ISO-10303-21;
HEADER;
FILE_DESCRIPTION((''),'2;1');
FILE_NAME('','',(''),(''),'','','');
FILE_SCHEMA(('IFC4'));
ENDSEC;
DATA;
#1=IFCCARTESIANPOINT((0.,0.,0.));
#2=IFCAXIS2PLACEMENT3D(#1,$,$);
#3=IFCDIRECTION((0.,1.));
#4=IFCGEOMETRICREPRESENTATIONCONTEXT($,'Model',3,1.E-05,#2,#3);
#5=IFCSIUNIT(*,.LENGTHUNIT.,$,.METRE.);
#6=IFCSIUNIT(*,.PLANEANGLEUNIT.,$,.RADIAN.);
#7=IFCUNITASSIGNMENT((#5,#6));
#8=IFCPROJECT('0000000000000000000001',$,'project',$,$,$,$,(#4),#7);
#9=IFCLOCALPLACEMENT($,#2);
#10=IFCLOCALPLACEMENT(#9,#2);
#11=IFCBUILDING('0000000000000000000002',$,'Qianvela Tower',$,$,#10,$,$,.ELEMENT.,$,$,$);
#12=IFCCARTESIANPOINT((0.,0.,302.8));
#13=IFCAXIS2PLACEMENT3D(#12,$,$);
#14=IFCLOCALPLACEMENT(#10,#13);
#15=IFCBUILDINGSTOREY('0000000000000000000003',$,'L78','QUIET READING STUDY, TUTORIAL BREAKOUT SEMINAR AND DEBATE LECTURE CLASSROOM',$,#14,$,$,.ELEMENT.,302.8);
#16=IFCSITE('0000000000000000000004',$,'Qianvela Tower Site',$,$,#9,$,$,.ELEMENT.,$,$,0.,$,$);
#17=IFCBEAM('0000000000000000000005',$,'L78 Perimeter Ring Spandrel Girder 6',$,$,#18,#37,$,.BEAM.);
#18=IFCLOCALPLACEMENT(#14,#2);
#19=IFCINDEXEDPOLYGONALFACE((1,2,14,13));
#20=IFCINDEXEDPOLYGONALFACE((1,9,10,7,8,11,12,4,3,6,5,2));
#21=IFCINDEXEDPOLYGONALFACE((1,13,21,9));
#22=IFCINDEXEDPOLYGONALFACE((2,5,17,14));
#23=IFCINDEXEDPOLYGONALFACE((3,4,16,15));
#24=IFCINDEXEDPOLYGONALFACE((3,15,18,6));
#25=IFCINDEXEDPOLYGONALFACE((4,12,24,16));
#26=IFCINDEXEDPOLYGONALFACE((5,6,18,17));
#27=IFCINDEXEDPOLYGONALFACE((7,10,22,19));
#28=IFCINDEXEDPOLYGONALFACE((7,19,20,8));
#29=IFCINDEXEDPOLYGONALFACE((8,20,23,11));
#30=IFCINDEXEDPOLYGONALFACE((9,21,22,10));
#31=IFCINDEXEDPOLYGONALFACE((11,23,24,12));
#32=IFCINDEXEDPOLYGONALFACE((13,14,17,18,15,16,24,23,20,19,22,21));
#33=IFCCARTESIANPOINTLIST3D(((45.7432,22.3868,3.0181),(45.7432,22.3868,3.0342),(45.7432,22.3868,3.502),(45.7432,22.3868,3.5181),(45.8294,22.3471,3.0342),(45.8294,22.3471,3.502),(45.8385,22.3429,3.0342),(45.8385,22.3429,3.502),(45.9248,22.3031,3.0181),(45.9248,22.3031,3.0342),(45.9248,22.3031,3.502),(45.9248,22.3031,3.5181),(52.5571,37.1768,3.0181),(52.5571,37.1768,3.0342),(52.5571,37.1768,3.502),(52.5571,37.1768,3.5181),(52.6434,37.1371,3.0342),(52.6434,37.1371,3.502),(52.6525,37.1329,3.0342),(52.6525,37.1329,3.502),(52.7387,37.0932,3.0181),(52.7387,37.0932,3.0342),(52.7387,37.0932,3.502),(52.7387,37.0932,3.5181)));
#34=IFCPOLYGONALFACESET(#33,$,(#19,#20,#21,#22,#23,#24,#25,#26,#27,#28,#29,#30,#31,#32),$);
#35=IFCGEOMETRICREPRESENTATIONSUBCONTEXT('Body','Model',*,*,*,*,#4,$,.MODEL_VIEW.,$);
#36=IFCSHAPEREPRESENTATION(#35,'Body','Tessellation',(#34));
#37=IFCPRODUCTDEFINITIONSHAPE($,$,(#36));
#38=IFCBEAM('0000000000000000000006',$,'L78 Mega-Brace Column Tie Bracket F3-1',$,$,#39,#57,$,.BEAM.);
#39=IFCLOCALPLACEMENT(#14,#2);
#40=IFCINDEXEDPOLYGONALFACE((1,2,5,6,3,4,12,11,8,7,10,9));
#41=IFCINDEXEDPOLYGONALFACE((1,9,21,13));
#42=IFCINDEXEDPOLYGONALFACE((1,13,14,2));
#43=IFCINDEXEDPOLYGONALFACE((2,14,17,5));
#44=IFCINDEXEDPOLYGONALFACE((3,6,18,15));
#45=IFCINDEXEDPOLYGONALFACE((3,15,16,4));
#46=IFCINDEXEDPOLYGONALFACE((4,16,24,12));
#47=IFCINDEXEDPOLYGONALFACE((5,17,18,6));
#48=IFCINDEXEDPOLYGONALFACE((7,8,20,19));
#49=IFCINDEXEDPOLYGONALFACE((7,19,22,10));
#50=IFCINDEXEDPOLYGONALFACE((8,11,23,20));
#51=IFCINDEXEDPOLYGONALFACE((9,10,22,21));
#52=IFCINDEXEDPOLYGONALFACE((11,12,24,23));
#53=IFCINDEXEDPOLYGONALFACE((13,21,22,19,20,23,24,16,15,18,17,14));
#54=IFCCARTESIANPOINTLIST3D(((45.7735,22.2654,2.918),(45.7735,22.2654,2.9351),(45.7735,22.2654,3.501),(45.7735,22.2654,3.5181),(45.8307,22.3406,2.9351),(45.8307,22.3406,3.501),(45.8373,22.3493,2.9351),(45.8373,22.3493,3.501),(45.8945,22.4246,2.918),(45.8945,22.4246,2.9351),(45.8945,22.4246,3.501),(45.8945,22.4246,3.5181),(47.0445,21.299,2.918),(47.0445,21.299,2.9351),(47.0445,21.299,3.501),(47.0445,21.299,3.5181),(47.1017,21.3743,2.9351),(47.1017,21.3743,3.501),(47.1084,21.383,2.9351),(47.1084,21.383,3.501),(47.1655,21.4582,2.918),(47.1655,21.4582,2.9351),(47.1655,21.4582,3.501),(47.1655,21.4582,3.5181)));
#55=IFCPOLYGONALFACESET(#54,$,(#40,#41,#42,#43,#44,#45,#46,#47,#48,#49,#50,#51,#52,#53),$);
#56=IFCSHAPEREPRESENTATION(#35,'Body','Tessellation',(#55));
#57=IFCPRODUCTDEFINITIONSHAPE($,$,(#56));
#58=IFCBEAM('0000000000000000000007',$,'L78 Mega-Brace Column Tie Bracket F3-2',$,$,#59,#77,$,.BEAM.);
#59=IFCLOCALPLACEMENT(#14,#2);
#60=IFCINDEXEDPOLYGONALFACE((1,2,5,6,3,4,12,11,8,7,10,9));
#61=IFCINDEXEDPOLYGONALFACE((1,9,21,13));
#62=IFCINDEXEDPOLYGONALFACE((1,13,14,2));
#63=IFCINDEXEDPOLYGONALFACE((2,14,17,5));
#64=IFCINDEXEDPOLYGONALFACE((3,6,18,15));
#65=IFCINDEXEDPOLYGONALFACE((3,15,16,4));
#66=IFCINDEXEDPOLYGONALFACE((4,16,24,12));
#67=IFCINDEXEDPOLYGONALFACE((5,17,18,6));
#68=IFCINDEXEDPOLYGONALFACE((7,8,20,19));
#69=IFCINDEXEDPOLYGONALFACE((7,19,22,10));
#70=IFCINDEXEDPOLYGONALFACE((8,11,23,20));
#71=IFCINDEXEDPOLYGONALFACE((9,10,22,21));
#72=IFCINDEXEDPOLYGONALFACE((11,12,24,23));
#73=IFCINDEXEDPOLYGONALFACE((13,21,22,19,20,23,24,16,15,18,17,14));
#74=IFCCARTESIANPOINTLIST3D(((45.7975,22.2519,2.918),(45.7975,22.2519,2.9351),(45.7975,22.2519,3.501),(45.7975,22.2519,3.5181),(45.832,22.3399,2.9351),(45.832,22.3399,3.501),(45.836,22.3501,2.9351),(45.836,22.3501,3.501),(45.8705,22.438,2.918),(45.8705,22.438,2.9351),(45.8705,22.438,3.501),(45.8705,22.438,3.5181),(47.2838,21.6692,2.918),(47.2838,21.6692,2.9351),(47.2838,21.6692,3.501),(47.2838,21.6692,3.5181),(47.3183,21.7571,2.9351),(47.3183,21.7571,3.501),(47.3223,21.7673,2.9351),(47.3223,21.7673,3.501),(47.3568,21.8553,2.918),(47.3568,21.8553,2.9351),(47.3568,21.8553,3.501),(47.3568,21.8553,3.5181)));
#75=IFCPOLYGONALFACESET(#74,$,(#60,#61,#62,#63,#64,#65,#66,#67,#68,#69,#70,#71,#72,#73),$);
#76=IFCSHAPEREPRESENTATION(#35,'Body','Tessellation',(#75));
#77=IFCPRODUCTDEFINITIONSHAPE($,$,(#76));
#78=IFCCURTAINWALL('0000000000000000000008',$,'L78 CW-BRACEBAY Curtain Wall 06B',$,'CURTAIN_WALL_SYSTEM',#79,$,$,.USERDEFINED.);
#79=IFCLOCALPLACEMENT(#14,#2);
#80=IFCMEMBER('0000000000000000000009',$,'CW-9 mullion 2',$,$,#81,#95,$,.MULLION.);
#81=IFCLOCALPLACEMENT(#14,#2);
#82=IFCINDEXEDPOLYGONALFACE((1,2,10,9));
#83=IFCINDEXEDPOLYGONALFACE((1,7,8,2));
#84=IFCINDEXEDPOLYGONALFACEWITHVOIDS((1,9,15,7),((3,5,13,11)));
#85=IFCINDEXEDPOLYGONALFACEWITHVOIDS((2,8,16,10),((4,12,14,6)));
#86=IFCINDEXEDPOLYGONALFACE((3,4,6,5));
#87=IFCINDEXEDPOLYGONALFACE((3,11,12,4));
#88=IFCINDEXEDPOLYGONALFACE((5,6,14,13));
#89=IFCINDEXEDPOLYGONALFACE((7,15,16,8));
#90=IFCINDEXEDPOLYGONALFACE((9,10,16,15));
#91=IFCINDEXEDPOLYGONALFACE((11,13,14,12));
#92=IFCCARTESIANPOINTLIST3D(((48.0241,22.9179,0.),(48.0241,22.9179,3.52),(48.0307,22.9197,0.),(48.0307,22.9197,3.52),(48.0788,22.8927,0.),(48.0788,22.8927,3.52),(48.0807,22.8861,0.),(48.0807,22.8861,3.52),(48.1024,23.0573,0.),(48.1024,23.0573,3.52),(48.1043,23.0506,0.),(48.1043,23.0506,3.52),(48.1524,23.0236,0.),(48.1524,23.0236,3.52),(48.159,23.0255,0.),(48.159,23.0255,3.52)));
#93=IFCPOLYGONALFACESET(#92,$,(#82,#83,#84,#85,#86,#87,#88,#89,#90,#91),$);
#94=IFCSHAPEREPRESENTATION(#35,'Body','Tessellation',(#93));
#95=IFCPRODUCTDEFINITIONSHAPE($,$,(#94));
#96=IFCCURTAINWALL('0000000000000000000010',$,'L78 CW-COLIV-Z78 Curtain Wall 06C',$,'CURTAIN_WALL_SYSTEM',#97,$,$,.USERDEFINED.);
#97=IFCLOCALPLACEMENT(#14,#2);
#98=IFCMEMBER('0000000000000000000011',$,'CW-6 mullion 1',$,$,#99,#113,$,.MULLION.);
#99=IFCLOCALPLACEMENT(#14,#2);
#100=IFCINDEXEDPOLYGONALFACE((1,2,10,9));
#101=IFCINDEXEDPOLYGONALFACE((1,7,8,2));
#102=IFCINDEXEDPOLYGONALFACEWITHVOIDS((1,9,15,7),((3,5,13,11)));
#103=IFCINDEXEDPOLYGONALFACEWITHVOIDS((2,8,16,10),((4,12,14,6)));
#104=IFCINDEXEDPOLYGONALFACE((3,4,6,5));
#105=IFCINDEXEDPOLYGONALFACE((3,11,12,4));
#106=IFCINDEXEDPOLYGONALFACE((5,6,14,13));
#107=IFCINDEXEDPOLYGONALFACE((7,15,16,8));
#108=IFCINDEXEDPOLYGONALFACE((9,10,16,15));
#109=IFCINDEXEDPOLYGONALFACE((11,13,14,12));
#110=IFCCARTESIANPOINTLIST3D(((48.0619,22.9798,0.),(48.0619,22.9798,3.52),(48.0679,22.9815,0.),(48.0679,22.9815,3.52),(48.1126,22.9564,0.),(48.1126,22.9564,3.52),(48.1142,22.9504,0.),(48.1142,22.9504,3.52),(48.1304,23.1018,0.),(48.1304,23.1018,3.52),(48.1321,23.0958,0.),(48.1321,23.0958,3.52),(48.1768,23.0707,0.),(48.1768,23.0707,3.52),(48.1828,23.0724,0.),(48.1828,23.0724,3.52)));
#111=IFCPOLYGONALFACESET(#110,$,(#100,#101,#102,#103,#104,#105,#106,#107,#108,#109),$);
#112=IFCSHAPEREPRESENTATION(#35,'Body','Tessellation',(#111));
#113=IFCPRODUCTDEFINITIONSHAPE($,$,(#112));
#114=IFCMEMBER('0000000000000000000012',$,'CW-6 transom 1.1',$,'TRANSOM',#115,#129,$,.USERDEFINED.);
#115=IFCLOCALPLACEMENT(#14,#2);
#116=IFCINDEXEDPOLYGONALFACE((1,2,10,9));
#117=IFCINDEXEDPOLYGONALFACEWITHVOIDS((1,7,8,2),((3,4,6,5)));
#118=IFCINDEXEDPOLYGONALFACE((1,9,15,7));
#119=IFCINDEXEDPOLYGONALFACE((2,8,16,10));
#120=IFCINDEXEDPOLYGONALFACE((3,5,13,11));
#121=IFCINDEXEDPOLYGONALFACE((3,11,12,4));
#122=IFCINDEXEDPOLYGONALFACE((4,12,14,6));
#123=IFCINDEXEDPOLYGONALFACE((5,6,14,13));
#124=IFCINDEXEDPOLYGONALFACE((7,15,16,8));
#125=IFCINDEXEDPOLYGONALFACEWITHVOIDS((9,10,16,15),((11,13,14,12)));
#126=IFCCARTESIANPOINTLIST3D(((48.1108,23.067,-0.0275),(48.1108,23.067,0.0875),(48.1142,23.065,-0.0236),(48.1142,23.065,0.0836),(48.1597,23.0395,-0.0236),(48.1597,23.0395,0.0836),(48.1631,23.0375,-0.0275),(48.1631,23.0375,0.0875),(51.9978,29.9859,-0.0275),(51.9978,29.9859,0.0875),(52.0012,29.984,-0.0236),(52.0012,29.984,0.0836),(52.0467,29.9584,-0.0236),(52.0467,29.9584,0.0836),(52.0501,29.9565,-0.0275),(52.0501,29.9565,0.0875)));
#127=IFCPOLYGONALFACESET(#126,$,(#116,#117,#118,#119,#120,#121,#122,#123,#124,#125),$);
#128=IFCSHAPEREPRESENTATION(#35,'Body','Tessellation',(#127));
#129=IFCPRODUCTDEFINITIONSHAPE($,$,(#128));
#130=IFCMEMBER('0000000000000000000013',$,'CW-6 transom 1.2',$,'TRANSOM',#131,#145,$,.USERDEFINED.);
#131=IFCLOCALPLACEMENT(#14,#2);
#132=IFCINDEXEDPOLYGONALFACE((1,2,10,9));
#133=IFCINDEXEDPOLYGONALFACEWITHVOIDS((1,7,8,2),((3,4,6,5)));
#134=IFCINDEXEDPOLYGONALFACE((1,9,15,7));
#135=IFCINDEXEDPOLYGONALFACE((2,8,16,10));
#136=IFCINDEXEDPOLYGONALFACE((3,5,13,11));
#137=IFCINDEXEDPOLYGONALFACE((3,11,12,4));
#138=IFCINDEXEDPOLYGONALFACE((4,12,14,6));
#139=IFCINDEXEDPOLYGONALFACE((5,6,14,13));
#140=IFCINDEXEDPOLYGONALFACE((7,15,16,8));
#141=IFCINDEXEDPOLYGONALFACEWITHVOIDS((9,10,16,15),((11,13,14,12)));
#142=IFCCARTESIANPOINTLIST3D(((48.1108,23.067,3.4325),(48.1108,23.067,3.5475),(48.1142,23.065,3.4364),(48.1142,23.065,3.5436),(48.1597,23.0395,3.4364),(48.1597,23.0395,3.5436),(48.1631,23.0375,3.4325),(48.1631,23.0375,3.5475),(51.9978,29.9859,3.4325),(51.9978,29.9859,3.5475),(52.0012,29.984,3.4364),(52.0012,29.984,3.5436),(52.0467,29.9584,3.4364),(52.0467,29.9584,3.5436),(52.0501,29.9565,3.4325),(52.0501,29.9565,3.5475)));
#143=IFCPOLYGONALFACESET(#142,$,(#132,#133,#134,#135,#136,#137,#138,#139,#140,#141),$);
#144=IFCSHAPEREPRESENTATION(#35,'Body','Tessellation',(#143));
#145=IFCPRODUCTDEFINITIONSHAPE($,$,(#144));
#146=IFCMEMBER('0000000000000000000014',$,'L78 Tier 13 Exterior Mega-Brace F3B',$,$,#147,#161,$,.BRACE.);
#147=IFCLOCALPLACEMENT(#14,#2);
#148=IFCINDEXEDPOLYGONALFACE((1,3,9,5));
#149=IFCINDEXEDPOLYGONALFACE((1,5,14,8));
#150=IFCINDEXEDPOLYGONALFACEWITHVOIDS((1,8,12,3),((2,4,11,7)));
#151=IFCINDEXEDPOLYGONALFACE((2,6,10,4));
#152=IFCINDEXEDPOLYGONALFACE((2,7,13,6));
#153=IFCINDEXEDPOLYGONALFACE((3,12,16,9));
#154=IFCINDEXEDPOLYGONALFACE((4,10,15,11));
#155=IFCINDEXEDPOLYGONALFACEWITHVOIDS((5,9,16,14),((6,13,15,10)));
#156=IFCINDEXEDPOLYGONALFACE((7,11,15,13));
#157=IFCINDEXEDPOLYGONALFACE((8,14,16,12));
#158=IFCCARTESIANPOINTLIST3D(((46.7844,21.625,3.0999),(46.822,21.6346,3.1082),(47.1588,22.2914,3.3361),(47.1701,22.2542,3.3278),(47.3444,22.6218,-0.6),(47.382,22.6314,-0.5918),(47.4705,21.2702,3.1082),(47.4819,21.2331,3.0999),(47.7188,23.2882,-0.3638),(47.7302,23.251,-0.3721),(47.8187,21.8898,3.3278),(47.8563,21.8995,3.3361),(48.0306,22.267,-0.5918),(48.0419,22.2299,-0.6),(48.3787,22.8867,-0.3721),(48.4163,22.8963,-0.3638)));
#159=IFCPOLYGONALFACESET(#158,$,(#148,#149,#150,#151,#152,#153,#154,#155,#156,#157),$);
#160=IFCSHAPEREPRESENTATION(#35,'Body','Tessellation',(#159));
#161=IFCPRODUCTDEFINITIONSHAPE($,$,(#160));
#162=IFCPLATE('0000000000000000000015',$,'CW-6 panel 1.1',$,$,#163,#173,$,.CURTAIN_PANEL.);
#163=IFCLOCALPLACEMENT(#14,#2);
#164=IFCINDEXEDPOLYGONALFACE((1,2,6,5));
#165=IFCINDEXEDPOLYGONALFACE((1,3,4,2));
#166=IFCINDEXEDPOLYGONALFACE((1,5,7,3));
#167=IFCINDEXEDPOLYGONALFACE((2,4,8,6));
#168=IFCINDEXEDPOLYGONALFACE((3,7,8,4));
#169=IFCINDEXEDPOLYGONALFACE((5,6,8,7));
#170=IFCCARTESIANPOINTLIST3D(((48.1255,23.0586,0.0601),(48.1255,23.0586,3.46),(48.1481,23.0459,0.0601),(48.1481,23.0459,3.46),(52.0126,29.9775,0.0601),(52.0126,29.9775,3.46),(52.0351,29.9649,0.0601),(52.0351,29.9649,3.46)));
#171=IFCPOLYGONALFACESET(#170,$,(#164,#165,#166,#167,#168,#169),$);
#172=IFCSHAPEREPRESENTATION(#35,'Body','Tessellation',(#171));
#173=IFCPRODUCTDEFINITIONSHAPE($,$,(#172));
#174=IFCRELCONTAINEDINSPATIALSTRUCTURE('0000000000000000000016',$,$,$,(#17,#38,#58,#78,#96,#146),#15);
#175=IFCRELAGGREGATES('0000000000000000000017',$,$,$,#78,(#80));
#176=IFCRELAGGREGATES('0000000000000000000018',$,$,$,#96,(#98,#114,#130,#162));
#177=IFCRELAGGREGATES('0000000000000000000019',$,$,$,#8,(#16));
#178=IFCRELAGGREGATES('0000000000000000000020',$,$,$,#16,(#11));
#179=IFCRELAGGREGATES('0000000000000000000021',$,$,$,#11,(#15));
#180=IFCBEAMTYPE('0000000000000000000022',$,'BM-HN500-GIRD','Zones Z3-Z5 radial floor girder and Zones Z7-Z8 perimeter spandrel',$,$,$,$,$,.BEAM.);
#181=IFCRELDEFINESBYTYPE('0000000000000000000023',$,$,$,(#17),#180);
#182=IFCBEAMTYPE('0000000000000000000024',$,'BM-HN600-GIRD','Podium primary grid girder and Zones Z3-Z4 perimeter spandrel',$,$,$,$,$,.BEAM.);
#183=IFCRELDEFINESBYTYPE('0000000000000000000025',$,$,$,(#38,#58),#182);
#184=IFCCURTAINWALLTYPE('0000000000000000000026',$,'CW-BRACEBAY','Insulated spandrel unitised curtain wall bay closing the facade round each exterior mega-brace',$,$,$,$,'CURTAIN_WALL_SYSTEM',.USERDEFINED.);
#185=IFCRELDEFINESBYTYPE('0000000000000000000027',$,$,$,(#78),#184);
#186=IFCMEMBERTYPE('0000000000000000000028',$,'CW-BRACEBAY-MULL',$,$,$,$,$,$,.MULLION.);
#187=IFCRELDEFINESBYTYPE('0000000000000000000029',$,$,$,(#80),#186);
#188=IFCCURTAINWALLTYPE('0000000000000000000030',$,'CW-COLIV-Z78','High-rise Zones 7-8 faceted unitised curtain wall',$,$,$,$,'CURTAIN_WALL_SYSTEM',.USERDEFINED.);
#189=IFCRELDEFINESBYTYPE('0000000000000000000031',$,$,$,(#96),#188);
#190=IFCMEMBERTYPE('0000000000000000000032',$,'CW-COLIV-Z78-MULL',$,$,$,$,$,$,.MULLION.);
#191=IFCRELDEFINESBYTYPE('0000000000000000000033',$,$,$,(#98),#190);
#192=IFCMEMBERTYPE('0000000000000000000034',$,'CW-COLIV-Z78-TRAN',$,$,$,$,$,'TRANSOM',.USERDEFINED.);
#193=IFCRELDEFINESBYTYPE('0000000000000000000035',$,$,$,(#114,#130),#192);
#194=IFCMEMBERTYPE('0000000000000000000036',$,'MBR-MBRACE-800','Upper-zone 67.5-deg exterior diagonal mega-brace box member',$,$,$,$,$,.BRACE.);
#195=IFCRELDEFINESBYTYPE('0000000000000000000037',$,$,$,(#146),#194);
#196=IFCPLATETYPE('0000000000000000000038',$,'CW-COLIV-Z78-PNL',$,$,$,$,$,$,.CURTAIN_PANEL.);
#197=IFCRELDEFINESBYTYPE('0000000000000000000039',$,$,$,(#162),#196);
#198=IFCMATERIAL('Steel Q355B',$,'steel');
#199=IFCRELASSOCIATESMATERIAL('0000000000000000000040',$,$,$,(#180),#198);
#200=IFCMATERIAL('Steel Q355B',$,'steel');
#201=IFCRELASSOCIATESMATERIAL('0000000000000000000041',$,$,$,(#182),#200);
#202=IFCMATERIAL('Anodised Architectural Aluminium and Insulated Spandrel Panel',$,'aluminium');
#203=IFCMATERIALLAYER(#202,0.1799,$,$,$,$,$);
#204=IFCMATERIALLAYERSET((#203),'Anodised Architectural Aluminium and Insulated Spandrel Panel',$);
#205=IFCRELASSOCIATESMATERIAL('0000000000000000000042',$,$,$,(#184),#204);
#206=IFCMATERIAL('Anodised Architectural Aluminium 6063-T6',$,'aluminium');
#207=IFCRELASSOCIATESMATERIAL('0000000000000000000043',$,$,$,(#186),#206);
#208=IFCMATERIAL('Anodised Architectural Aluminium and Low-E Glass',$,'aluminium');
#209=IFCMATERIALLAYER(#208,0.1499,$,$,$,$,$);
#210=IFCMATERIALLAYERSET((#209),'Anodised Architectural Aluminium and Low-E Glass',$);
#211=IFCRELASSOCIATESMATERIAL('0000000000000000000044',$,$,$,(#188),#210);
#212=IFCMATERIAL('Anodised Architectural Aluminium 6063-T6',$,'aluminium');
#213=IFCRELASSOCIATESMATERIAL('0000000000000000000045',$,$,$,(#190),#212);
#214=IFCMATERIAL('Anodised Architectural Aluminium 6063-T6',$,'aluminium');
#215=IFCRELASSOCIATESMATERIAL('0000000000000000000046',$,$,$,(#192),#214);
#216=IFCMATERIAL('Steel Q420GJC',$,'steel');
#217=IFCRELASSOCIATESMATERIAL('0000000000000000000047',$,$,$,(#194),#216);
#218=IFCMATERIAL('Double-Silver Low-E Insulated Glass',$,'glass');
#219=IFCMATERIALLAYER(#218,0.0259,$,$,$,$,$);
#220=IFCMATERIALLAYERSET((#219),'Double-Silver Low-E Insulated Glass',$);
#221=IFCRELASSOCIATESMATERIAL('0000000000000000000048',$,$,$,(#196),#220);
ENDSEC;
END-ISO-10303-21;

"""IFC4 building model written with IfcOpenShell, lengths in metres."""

from ifc_helpers import new_model, si_unit, direction, frame, origin, origin_2d, place, context, subcontext, project, spatial, rectangle, hollow_rectangle, i_section, extrude, material, layer, layer_set, material_profile, profile_set, type_object, element, aggregate, save


model = new_model("IFC4")

# Units and contexts
model_context = context("Model", 3, precision=1e-05, world=origin(), true_north=direction((0.0, 1.0)))
body_context = subcontext(model_context, "Body", "Model", "MODEL_VIEW")
ifc_project = project(units=[si_unit("LENGTHUNIT", "METRE"), si_unit("PLANEANGLEUNIT", "RADIAN")], contexts=[model_context])

# Site, building, storey
site_placement = place(None, origin())
site = spatial("IfcSite", under=ifc_project, at=site_placement, Name="Qianvela Tower Site", CompositionType="ELEMENT", RefElevation=0.0)
building_placement = place(site_placement, origin())
building = spatial("IfcBuilding", under=site, at=building_placement, Name="Qianvela Tower", CompositionType="ELEMENT")
storey_placement = place(building_placement, frame((0.0, 0.0, 302.8)))
storey = spatial("IfcBuildingStorey", under=building, at=storey_placement, Name="L78", Description="QUIET READING STUDY, TUTORIAL BREAKOUT SEMINAR AND DEBATE LECTURE CLASSROOM", CompositionType="ELEMENT", Elevation=302.8)

# Beams
ifc_material_1 = material(Name="Steel Q355B", Category="steel")
ifc_material_profile_1 = material_profile(ifc_material_1, i_section(OverallWidth=0.2, OverallDepth=0.5, WebThickness=0.01, FlangeThickness=0.0161, at=origin_2d()), Name="HN500x200x10x16")
ifc_profile_set_1 = profile_set([ifc_material_profile_1], Name="Steel Q355B")
beam_type_1 = type_object("IfcBeamType", Name="BM-HN500-GIRD", Description="Zones Z3-Z5 radial floor girder and Zones Z7-Z8 perimeter spandrel", PredefinedType="BEAM", material=ifc_profile_set_1)
beam_1_placement = place(storey_placement, frame((45.834, 22.345, 3.2681), z_axis=(0.41844, 0.908244, 0.0), x_axis=(-0.908244, 0.41844, 0.0)))
element("IfcBeam", 1, at=beam_1_placement, inside=storey, type_object=beam_type_1, Name="L78 Perimeter Ring Spandrel Girder 6", PredefinedType="BEAM", context=body_context, shape_type="SweptSolid", body=[
    extrude(i_section(OverallWidth=0.2, OverallDepth=0.5, WebThickness=0.01, FlangeThickness=0.0161, at=origin_2d()), origin(), (0.0, 0.0, 1.0), 16.2842),
])
ifc_material_2 = material(Name="Steel Q355B", Category="steel")
ifc_material_profile_2 = material_profile(ifc_material_2, i_section(OverallWidth=0.2, OverallDepth=0.6001, WebThickness=0.011, FlangeThickness=0.0171, at=origin_2d()), Name="HN600x200x11x17")
ifc_profile_set_2 = profile_set([ifc_material_profile_2], Name="Steel Q355B")
beam_type_2 = type_object("IfcBeamType", Name="BM-HN600-GIRD", Description="Podium primary grid girder and Zones Z3-Z4 perimeter spandrel", PredefinedType="BEAM", material=ifc_profile_set_2)
beam_2_placement = place(storey_placement, frame((45.834, 22.345, 3.218), z_axis=(0.796056, -0.605223, 0.0), x_axis=(0.605223, 0.796056, 0.0)))
element("IfcBeam", 2, at=beam_2_placement, inside=storey, type_object=beam_type_2, Name="L78 Mega-Brace Column Tie Bracket F3-1", PredefinedType="BEAM", context=body_context, shape_type="SweptSolid", body=[
    extrude(i_section(OverallWidth=0.2, OverallDepth=0.6001, WebThickness=0.011, FlangeThickness=0.0171, at=origin_2d()), origin(), (0.0, 0.0, 1.0), 1.5967),
])
beam_3_placement = place(storey_placement, frame((45.834, 22.345, 3.218), z_axis=(0.930997, -0.365028, 0.0), x_axis=(0.365028, 0.930997, 0.0)))
element("IfcBeam", 3, at=beam_3_placement, inside=storey, type_object=beam_type_2, Name="L78 Mega-Brace Column Tie Bracket F3-2", PredefinedType="BEAM", context=body_context, shape_type="SweptSolid", body=[
    extrude(i_section(OverallWidth=0.2, OverallDepth=0.6001, WebThickness=0.011, FlangeThickness=0.0171, at=origin_2d()), origin(), (0.0, 0.0, 1.0), 1.5964),
])

# Curtain wall, member
ifc_material_3 = material(Name="Anodised Architectural Aluminium and Insulated Spandrel Panel", Category="aluminium")
ifc_layer_1 = layer(ifc_material_3, 0.1799)
ifc_layer_set_1 = layer_set([ifc_layer_1], Name="Anodised Architectural Aluminium and Insulated Spandrel Panel")
curtain_wall_type_1 = type_object("IfcCurtainWallType", Name="CW-BRACEBAY", Description="Insulated spandrel unitised curtain wall bay closing the facade round each exterior mega-brace", ElementType="CURTAIN_WALL_SYSTEM", PredefinedType="USERDEFINED", material=ifc_layer_set_1)
curtain_wall_1_placement = place(storey_placement, origin())
curtain_wall_1 = element("IfcCurtainWall", 4, at=curtain_wall_1_placement, inside=storey, type_object=curtain_wall_type_1, Name="L78 CW-BRACEBAY Curtain Wall 06B", ObjectType="CURTAIN_WALL_SYSTEM", PredefinedType="USERDEFINED")
ifc_material_4 = material(Name="Anodised Architectural Aluminium 6063-T6", Category="aluminium")
ifc_material_profile_3 = material_profile(ifc_material_4, hollow_rectangle(XDim=0.0649, YDim=0.1599, WallThickness=0.0049, at=origin_2d()), Name="ALU-MULL-65x160")
ifc_profile_set_3 = profile_set([ifc_material_profile_3], Name="Anodised Architectural Aluminium 6063-T6")
member_type_1 = type_object("IfcMemberType", Name="CW-BRACEBAY-MULL", PredefinedType="MULLION", material=ifc_profile_set_3)
member_1_placement = place(storey_placement, frame((48.0916, 22.9717, 0.0), z_axis=(0.0, 0.0, 1.0), x_axis=(-0.871832, 0.489806, 0.0)))
member_1 = element("IfcMember", 5, at=member_1_placement, type_object=member_type_1, Name="CW-9 mullion 2", PredefinedType="MULLION", context=body_context, shape_type="SweptSolid", body=[
    extrude(hollow_rectangle(XDim=0.0649, YDim=0.1599, WallThickness=0.0049, at=origin_2d()), origin(), (0.0, 0.0, 1.0), 3.52),
])
aggregate(curtain_wall_1, [member_1])

# Curtain wall, members
ifc_material_5 = material(Name="Anodised Architectural Aluminium and Low-E Glass", Category="aluminium")
ifc_layer_2 = layer(ifc_material_5, 0.1499)
ifc_layer_set_2 = layer_set([ifc_layer_2], Name="Anodised Architectural Aluminium and Low-E Glass")
curtain_wall_type_2 = type_object("IfcCurtainWallType", Name="CW-COLIV-Z78", Description="High-rise Zones 7-8 faceted unitised curtain wall", ElementType="CURTAIN_WALL_SYSTEM", PredefinedType="USERDEFINED", material=ifc_layer_set_2)
curtain_wall_2_placement = place(storey_placement, origin())
curtain_wall_2 = element("IfcCurtainWall", 6, at=curtain_wall_2_placement, inside=storey, type_object=curtain_wall_type_2, Name="L78 CW-COLIV-Z78 Curtain Wall 06C", ObjectType="CURTAIN_WALL_SYSTEM", PredefinedType="USERDEFINED")
ifc_material_6 = material(Name="Anodised Architectural Aluminium 6063-T6", Category="aluminium")
ifc_material_profile_4 = material_profile(ifc_material_6, hollow_rectangle(XDim=0.0601, YDim=0.1399, WallThickness=0.0044, at=origin_2d()), Name="ALU-MULL-60x140")
ifc_profile_set_4 = profile_set([ifc_material_profile_4], Name="Anodised Architectural Aluminium 6063-T6")
member_type_2 = type_object("IfcMemberType", Name="CW-COLIV-Z78-MULL", PredefinedType="MULLION", material=ifc_profile_set_4)
member_2_placement = place(storey_placement, frame((48.1223, 23.0261, 0.0), z_axis=(0.0, 0.0, 1.0), x_axis=(-0.871838, 0.489794, 0.0)))
member_2 = element("IfcMember", 7, at=member_2_placement, type_object=member_type_2, Name="CW-6 mullion 1", PredefinedType="MULLION", context=body_context, shape_type="SweptSolid", body=[
    extrude(hollow_rectangle(XDim=0.0601, YDim=0.1399, WallThickness=0.0044, at=origin_2d()), origin(), (0.0, 0.0, 1.0), 3.52),
])
ifc_material_7 = material(Name="Anodised Architectural Aluminium 6063-T6", Category="aluminium")
ifc_material_profile_5 = material_profile(ifc_material_7, hollow_rectangle(XDim=0.0601, YDim=0.115, WallThickness=0.0039, at=origin_2d()), Name="ALU-TRAN-60x115")
ifc_profile_set_5 = profile_set([ifc_material_profile_5], Name="Anodised Architectural Aluminium 6063-T6")
member_type_3 = type_object("IfcMemberType", Name="CW-COLIV-Z78-TRAN", ElementType="TRANSOM", PredefinedType="USERDEFINED", material=ifc_profile_set_5)
member_3_placement = place(storey_placement, frame((48.137, 23.0522, 0.03), z_axis=(0.489788, 0.871842, 0.0), x_axis=(-0.871842, 0.489788, 0.0)))
member_3 = element("IfcMember", 8, at=member_3_placement, type_object=member_type_3, Name="CW-6 transom 1.1", ObjectType="TRANSOM", PredefinedType="USERDEFINED", context=body_context, shape_type="SweptSolid", body=[
    extrude(hollow_rectangle(XDim=0.0601, YDim=0.115, WallThickness=0.0039, at=origin_2d()), origin(), (0.0, 0.0, 1.0), 7.936),
])
member_4_placement = place(storey_placement, frame((48.137, 23.0522, 3.49), z_axis=(0.489788, 0.871842, 0.0), x_axis=(-0.871842, 0.489788, 0.0)))
member_4 = element("IfcMember", 9, at=member_4_placement, type_object=member_type_3, Name="CW-6 transom 1.2", ObjectType="TRANSOM", PredefinedType="USERDEFINED", context=body_context, shape_type="SweptSolid", body=[
    extrude(hollow_rectangle(XDim=0.0601, YDim=0.115, WallThickness=0.0039, at=origin_2d()), origin(), (0.0, 0.0, 1.0), 7.936),
])

# Member
ifc_material_8 = material(Name="Steel Q420GJC", Category="steel")
ifc_material_profile_6 = material_profile(ifc_material_8, hollow_rectangle(XDim=0.8, YDim=0.8, WallThickness=0.0281, at=origin_2d()), Name="MBOX-800x800x28")
ifc_profile_set_6 = profile_set([ifc_material_profile_6], Name="Steel Q420GJC")
member_type_4 = type_object("IfcMemberType", Name="MBR-MBRACE-800", Description="Upper-zone 67.5-deg exterior diagonal mega-brace box member", PredefinedType="BRACE", material=ifc_profile_set_6)
member_5_placement = place(storey_placement, frame((47.8804, 22.759, -0.4819), z_axis=(-0.144621, -0.257405, 0.95542), x_axis=(0.871821, -0.489825, 0.0)))
element("IfcMember", 10, at=member_5_placement, inside=storey, type_object=member_type_4, Name="L78 Tier 13 Exterior Mega-Brace F3B", PredefinedType="BRACE", context=body_context, shape_type="SweptSolid", body=[
    extrude(hollow_rectangle(XDim=0.8, YDim=0.8, WallThickness=0.0281, at=origin_2d()), origin(), (0.0, 0.0, 1.0), 3.8726),
])

# Plate
ifc_material_9 = material(Name="Double-Silver Low-E Insulated Glass", Category="glass")
ifc_layer_3 = layer(ifc_material_9, 0.0259)
ifc_layer_set_3 = layer_set([ifc_layer_3], Name="Double-Silver Low-E Insulated Glass")
plate_type = type_object("IfcPlateType", Name="CW-COLIV-Z78-PNL", PredefinedType="CURTAIN_PANEL", material=ifc_layer_set_3)
plate_placement = place(storey_placement, frame((50.0803, 26.5117, 0.0601), z_axis=(0.0, 0.0, 1.0), x_axis=(0.489794, 0.871838, 0.0)))
plate = element("IfcPlate", 11, at=plate_placement, type_object=plate_type, Name="CW-6 panel 1.1", PredefinedType="CURTAIN_PANEL", context=body_context, shape_type="SweptSolid", body=[
    extrude(rectangle(XDim=7.936, YDim=0.0259, at=origin_2d()), origin(), (0.0, 0.0, 1.0), 3.3999),
])
aggregate(curtain_wall_2, [member_2, member_3, member_4, plate])

save(model, "model.ifc")
